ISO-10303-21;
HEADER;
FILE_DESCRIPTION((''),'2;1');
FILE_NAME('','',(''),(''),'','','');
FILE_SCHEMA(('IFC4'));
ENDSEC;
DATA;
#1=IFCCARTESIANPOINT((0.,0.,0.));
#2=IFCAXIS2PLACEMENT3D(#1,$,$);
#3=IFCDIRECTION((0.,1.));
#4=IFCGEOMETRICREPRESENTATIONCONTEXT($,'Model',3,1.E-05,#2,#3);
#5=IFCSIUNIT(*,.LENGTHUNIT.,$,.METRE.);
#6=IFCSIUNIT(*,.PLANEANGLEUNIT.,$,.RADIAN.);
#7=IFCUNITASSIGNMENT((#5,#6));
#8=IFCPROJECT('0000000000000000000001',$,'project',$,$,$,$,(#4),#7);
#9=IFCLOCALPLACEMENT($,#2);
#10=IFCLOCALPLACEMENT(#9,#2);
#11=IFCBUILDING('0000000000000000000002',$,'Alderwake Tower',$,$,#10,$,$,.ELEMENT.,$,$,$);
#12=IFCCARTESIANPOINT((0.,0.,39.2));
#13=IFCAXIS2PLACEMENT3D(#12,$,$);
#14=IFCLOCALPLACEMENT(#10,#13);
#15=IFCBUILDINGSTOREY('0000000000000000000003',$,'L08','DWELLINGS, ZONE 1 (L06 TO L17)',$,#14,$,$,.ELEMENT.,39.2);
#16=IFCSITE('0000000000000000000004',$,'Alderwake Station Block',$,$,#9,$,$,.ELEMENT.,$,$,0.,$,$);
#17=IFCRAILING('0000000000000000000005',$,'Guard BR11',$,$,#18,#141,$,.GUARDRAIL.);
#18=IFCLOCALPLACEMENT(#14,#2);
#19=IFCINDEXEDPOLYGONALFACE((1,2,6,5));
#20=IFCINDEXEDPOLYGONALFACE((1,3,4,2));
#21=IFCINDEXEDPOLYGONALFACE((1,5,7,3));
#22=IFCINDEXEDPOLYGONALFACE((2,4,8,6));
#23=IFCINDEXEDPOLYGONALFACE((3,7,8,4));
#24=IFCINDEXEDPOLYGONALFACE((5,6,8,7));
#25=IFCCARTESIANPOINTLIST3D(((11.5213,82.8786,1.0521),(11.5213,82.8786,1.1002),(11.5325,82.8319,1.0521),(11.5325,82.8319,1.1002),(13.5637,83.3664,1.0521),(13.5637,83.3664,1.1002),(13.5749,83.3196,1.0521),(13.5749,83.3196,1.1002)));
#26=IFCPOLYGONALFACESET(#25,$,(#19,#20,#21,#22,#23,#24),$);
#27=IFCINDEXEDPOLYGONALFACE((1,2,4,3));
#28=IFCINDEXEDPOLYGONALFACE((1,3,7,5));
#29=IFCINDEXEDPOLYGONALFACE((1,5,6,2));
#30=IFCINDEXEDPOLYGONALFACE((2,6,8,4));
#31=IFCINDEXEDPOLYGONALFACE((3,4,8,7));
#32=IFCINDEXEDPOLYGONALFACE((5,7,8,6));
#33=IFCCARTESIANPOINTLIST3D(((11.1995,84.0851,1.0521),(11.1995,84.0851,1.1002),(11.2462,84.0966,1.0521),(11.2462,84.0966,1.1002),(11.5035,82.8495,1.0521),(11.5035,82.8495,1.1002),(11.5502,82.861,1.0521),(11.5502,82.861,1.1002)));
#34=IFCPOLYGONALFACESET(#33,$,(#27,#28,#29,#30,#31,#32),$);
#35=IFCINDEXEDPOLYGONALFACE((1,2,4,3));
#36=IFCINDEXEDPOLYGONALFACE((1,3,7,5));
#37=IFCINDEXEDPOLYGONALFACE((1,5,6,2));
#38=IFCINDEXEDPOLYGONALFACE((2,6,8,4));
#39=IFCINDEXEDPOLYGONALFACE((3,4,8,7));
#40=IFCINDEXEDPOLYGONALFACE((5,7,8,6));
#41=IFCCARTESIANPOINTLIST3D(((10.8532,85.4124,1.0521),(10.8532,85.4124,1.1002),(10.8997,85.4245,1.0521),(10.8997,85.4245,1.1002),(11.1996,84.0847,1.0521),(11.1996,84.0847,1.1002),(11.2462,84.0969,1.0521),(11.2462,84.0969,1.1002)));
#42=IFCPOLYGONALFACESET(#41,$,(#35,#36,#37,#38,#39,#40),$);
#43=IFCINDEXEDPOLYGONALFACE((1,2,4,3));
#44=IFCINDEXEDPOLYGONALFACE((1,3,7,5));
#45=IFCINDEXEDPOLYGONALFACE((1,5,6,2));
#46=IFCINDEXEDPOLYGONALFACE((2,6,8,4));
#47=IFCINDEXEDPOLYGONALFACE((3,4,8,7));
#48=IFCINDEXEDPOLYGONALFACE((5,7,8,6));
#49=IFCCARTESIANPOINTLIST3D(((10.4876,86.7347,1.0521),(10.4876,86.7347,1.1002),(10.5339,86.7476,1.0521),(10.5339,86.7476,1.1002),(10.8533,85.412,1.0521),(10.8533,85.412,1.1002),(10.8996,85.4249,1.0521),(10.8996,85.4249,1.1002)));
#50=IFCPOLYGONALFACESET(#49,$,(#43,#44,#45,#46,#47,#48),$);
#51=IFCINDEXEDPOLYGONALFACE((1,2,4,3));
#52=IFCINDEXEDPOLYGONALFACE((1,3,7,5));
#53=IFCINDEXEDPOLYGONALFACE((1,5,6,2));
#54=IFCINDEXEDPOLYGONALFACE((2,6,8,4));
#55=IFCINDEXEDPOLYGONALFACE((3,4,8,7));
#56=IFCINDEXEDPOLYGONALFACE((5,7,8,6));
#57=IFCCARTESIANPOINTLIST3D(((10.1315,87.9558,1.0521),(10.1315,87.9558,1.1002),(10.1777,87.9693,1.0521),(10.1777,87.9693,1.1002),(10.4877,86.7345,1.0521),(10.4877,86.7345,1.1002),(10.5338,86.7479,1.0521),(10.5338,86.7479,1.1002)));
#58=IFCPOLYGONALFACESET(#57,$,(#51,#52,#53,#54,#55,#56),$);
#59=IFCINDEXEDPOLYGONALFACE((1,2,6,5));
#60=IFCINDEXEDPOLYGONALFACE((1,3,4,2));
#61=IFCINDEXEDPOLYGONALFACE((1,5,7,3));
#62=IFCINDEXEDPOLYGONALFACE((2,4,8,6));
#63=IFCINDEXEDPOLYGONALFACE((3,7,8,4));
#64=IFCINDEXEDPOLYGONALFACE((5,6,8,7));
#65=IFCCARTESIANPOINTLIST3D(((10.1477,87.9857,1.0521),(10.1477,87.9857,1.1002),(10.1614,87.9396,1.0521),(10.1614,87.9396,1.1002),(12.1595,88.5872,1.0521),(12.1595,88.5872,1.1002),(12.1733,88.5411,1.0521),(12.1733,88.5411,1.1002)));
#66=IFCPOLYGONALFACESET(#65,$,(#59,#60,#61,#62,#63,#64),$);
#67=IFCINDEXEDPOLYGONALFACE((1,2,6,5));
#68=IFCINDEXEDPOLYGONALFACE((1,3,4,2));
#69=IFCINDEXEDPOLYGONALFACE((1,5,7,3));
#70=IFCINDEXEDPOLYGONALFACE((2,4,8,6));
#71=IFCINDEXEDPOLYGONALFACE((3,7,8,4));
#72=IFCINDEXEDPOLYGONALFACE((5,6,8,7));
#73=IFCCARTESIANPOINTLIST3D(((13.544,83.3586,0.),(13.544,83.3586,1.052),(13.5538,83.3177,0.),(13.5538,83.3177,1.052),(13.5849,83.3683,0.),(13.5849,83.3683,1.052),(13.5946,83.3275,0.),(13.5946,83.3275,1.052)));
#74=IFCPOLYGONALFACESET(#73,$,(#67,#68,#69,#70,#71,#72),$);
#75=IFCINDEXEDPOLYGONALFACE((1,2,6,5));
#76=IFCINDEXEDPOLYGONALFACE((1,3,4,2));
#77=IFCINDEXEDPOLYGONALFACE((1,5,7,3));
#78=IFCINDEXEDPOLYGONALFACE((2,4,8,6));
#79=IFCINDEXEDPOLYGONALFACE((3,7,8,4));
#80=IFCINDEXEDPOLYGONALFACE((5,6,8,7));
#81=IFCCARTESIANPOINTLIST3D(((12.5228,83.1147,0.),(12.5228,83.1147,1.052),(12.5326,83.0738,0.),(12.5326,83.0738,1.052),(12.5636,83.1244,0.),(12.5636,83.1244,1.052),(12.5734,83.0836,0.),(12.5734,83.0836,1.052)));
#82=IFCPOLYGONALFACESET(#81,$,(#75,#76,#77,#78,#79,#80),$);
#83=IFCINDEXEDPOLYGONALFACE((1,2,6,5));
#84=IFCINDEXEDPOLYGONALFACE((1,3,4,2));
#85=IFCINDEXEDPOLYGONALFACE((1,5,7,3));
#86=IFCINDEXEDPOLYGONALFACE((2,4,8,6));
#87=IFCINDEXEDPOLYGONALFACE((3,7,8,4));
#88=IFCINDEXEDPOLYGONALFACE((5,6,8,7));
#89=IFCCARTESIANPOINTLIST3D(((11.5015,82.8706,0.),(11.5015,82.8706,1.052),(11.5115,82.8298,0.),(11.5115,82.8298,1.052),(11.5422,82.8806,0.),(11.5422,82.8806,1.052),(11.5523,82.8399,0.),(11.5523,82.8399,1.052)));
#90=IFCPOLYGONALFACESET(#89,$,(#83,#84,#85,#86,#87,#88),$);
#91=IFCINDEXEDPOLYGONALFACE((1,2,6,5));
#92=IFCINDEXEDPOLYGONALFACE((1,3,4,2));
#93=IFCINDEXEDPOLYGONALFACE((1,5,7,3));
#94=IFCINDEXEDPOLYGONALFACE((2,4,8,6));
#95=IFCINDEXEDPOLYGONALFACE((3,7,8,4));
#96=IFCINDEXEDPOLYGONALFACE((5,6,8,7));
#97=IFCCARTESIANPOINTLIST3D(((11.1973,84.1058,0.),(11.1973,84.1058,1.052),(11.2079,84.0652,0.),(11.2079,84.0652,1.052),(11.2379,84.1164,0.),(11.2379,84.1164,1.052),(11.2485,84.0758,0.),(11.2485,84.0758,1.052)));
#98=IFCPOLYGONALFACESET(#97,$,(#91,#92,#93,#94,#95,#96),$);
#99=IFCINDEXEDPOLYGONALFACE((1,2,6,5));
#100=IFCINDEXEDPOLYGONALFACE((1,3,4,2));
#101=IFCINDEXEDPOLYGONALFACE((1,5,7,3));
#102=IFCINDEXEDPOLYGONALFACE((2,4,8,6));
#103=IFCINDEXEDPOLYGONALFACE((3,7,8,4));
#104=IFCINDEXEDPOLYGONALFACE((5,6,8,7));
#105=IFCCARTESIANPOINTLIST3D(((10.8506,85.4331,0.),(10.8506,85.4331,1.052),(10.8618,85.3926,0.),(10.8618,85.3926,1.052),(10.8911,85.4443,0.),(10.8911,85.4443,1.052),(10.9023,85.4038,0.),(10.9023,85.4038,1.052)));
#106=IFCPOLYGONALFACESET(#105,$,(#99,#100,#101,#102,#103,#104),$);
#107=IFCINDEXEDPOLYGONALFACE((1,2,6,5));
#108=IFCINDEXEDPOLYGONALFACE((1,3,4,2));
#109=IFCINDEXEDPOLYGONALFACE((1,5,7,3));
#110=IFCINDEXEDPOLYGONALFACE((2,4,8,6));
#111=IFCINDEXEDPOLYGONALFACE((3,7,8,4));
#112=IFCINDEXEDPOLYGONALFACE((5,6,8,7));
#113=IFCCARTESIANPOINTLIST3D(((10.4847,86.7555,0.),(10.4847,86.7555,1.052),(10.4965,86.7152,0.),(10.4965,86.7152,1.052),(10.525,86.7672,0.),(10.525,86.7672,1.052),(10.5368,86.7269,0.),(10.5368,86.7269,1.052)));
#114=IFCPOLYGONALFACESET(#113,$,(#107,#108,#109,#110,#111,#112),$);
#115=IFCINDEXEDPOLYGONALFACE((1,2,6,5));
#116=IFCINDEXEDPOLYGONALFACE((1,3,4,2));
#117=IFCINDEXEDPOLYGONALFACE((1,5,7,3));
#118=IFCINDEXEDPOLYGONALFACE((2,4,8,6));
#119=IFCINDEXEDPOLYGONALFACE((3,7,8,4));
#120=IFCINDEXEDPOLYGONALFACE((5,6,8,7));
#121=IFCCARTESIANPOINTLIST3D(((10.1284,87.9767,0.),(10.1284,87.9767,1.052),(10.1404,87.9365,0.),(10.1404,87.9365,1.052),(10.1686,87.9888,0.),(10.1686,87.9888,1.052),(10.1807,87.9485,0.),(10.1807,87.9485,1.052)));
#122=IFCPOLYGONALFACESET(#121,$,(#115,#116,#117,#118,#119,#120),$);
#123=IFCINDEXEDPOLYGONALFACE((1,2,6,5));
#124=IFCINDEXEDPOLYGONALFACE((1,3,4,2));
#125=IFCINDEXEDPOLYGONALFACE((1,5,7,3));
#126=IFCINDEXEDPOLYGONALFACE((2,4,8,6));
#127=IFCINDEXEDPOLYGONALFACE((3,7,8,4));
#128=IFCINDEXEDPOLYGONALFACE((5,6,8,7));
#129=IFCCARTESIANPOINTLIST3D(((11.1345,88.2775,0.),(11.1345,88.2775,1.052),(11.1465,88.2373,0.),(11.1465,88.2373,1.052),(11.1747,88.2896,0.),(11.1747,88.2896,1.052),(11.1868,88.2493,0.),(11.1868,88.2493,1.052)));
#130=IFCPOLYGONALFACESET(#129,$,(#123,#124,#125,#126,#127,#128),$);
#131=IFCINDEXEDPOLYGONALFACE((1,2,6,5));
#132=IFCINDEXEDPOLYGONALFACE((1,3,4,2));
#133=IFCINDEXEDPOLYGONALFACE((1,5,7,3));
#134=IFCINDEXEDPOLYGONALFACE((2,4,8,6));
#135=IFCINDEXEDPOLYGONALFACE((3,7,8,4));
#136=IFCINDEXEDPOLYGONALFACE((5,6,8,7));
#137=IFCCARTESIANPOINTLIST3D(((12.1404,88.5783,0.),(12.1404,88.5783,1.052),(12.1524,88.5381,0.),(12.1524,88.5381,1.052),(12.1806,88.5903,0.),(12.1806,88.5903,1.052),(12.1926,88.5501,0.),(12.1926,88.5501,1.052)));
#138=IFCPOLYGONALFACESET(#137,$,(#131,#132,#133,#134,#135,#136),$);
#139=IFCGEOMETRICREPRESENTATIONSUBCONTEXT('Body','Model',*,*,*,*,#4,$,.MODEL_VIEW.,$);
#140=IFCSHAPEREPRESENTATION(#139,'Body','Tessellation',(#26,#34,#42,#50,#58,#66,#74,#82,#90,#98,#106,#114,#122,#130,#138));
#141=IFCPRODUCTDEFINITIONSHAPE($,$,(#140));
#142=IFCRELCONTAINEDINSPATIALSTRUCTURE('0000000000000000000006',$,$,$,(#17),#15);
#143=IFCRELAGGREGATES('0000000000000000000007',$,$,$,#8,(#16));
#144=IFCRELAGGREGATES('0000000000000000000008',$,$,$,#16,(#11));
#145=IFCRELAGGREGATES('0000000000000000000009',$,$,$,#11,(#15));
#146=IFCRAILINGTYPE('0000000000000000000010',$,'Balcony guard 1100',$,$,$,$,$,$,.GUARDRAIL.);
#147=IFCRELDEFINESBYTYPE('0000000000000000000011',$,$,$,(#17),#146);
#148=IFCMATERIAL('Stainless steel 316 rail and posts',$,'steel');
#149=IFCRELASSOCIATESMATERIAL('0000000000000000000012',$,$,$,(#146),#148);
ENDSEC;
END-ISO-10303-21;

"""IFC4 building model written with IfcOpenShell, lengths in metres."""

from ifc_helpers import new_model, si_unit, direction, frame, origin, origin_2d, place, context, subcontext, project, spatial, rectangle, extrude, material, type_object, element, save


model = new_model("IFC4")

# Units and contexts
model_context = context("Model", 3, precision=1e-05, world=origin(), true_north=direction((0.0, 1.0)))
body_context = subcontext(model_context, "Body", "Model", "MODEL_VIEW")
ifc_project = project(units=[si_unit("LENGTHUNIT", "METRE"), si_unit("PLANEANGLEUNIT", "RADIAN")], contexts=[model_context])

# Site, building, storey
site_placement = place(None, origin())
site = spatial("IfcSite", under=ifc_project, at=site_placement, Name="Alderwake Station Block", CompositionType="ELEMENT", RefElevation=0.0)
building_placement = place(site_placement, origin())
building = spatial("IfcBuilding", under=site, at=building_placement, Name="Alderwake Tower", CompositionType="ELEMENT")
storey_placement = place(building_placement, frame((0.0, 0.0, 39.2)))
storey = spatial("IfcBuildingStorey", under=building, at=storey_placement, Name="L08", Description="DWELLINGS, ZONE 1 (L06 TO L17)", CompositionType="ELEMENT", Elevation=39.2)

# Railing
ifc_material_1 = material(Name="Stainless steel 316 rail and posts", Category="steel")
railing_type = type_object("IfcRailingType", Name="Balcony guard 1100", PredefinedType="GUARDRAIL", material=ifc_material_1)
railing_1_placement = place(storey_placement, frame((13.5693, 83.343, 0.0)))
element("IfcRailing", 1, at=railing_1_placement, inside=storey, type_object=railing_type, Name="Guard BR11", PredefinedType="GUARDRAIL", context=body_context, shape_type="SweptSolid", body=[
    extrude(rectangle(XDim=0.0481, YDim=0.0481, at=origin_2d()), frame((0.0, 0.0, 1.0762), z_axis=(-0.972646, -0.232291, 0.0), x_axis=(0.232291, -0.972646, 0.0)), (0.0, 0.0, 1.0), 2.0999),
    extrude(rectangle(XDim=0.0481, YDim=0.0481, at=origin_2d()), frame((-2.0425, -0.4878, 1.0762), z_axis=(-0.238877, 0.97105, 0.0), x_axis=(-0.97105, -0.238877, 0.0)), (0.0, 0.0, 1.0), 1.2725),
    extrude(rectangle(XDim=0.0481, YDim=0.0481, at=origin_2d()), frame((-2.3464, 0.7478, 1.0762), z_axis=(-0.252487, 0.9676, 0.0), x_axis=(-0.9676, -0.252487, 0.0)), (0.0, 0.0, 1.0), 1.3721),
    extrude(rectangle(XDim=0.0481, YDim=0.0481, at=origin_2d()), frame((-2.6929, 2.0754, 1.0762), z_axis=(-0.266488, 0.963838, 0.0), x_axis=(-0.963838, -0.266488, 0.0)), (0.0, 0.0, 1.0), 1.3723),
    extrude(rectangle(XDim=0.0481, YDim=0.0481, at=origin_2d()), frame((-3.0586, 3.3982, 1.0762), z_axis=(-0.279963, 0.960011, 0.0), x_axis=(-0.960011, -0.279963, 0.0)), (0.0, 0.0, 1.0), 1.2722),
    extrude(rectangle(XDim=0.0481, YDim=0.0481, at=origin_2d()), frame((-3.4148, 4.6196, 1.0762), z_axis=(0.958091, 0.286462, 0.0), x_axis=(-0.286462, 0.958091, 0.0)), (0.0, 0.0, 1.0), 2.0999),
    extrude(rectangle(XDim=0.042, YDim=0.042, at=origin_2d()), frame((0.0, 0.0, 0.0), z_axis=(0.0, 0.0, 1.0), x_axis=(-0.972646, -0.232291, 0.0)), (0.0, 0.0, 1.0), 1.052),
    extrude(rectangle(XDim=0.042, YDim=0.042, at=origin_2d()), frame((-1.0212, -0.2439, 0.0), z_axis=(0.0, 0.0, 1.0), x_axis=(-0.972646, -0.232291, 0.0)), (0.0, 0.0, 1.0), 1.052),
    extrude(rectangle(XDim=0.042, YDim=0.042, at=origin_2d()), frame((-2.0425, -0.4878, 0.0), z_axis=(0.0, 0.0, 1.0), x_axis=(-0.238877, 0.97105, 0.0)), (0.0, 0.0, 1.0), 1.052),
    extrude(rectangle(XDim=0.042, YDim=0.042, at=origin_2d()), frame((-2.3464, 0.7478, 0.0), z_axis=(0.0, 0.0, 1.0), x_axis=(-0.252487, 0.9676, 0.0)), (0.0, 0.0, 1.0), 1.052),
    extrude(rectangle(XDim=0.042, YDim=0.042, at=origin_2d()), frame((-2.6929, 2.0754, 0.0), z_axis=(0.0, 0.0, 1.0), x_axis=(-0.266488, 0.963838, 0.0)), (0.0, 0.0, 1.0), 1.052),
    extrude(rectangle(XDim=0.042, YDim=0.042, at=origin_2d()), frame((-3.0586, 3.3982, 0.0), z_axis=(0.0, 0.0, 1.0), x_axis=(-0.279963, 0.960011, 0.0)), (0.0, 0.0, 1.0), 1.052),
    extrude(rectangle(XDim=0.042, YDim=0.042, at=origin_2d()), frame((-3.4148, 4.6196, 0.0), z_axis=(0.0, 0.0, 1.0), x_axis=(0.958091, 0.286462, 0.0)), (0.0, 0.0, 1.0), 1.052),
    extrude(rectangle(XDim=0.042, YDim=0.042, at=origin_2d()), frame((-2.4087, 4.9204, 0.0), z_axis=(0.0, 0.0, 1.0), x_axis=(0.958091, 0.286462, 0.0)), (0.0, 0.0, 1.0), 1.052),
    extrude(rectangle(XDim=0.042, YDim=0.042, at=origin_2d()), frame((-1.4028, 5.2212, 0.0), z_axis=(0.0, 0.0, 1.0), x_axis=(0.958091, 0.286462, 0.0)), (0.0, 0.0, 1.0), 1.052),
])

save(model, "model.ifc")
